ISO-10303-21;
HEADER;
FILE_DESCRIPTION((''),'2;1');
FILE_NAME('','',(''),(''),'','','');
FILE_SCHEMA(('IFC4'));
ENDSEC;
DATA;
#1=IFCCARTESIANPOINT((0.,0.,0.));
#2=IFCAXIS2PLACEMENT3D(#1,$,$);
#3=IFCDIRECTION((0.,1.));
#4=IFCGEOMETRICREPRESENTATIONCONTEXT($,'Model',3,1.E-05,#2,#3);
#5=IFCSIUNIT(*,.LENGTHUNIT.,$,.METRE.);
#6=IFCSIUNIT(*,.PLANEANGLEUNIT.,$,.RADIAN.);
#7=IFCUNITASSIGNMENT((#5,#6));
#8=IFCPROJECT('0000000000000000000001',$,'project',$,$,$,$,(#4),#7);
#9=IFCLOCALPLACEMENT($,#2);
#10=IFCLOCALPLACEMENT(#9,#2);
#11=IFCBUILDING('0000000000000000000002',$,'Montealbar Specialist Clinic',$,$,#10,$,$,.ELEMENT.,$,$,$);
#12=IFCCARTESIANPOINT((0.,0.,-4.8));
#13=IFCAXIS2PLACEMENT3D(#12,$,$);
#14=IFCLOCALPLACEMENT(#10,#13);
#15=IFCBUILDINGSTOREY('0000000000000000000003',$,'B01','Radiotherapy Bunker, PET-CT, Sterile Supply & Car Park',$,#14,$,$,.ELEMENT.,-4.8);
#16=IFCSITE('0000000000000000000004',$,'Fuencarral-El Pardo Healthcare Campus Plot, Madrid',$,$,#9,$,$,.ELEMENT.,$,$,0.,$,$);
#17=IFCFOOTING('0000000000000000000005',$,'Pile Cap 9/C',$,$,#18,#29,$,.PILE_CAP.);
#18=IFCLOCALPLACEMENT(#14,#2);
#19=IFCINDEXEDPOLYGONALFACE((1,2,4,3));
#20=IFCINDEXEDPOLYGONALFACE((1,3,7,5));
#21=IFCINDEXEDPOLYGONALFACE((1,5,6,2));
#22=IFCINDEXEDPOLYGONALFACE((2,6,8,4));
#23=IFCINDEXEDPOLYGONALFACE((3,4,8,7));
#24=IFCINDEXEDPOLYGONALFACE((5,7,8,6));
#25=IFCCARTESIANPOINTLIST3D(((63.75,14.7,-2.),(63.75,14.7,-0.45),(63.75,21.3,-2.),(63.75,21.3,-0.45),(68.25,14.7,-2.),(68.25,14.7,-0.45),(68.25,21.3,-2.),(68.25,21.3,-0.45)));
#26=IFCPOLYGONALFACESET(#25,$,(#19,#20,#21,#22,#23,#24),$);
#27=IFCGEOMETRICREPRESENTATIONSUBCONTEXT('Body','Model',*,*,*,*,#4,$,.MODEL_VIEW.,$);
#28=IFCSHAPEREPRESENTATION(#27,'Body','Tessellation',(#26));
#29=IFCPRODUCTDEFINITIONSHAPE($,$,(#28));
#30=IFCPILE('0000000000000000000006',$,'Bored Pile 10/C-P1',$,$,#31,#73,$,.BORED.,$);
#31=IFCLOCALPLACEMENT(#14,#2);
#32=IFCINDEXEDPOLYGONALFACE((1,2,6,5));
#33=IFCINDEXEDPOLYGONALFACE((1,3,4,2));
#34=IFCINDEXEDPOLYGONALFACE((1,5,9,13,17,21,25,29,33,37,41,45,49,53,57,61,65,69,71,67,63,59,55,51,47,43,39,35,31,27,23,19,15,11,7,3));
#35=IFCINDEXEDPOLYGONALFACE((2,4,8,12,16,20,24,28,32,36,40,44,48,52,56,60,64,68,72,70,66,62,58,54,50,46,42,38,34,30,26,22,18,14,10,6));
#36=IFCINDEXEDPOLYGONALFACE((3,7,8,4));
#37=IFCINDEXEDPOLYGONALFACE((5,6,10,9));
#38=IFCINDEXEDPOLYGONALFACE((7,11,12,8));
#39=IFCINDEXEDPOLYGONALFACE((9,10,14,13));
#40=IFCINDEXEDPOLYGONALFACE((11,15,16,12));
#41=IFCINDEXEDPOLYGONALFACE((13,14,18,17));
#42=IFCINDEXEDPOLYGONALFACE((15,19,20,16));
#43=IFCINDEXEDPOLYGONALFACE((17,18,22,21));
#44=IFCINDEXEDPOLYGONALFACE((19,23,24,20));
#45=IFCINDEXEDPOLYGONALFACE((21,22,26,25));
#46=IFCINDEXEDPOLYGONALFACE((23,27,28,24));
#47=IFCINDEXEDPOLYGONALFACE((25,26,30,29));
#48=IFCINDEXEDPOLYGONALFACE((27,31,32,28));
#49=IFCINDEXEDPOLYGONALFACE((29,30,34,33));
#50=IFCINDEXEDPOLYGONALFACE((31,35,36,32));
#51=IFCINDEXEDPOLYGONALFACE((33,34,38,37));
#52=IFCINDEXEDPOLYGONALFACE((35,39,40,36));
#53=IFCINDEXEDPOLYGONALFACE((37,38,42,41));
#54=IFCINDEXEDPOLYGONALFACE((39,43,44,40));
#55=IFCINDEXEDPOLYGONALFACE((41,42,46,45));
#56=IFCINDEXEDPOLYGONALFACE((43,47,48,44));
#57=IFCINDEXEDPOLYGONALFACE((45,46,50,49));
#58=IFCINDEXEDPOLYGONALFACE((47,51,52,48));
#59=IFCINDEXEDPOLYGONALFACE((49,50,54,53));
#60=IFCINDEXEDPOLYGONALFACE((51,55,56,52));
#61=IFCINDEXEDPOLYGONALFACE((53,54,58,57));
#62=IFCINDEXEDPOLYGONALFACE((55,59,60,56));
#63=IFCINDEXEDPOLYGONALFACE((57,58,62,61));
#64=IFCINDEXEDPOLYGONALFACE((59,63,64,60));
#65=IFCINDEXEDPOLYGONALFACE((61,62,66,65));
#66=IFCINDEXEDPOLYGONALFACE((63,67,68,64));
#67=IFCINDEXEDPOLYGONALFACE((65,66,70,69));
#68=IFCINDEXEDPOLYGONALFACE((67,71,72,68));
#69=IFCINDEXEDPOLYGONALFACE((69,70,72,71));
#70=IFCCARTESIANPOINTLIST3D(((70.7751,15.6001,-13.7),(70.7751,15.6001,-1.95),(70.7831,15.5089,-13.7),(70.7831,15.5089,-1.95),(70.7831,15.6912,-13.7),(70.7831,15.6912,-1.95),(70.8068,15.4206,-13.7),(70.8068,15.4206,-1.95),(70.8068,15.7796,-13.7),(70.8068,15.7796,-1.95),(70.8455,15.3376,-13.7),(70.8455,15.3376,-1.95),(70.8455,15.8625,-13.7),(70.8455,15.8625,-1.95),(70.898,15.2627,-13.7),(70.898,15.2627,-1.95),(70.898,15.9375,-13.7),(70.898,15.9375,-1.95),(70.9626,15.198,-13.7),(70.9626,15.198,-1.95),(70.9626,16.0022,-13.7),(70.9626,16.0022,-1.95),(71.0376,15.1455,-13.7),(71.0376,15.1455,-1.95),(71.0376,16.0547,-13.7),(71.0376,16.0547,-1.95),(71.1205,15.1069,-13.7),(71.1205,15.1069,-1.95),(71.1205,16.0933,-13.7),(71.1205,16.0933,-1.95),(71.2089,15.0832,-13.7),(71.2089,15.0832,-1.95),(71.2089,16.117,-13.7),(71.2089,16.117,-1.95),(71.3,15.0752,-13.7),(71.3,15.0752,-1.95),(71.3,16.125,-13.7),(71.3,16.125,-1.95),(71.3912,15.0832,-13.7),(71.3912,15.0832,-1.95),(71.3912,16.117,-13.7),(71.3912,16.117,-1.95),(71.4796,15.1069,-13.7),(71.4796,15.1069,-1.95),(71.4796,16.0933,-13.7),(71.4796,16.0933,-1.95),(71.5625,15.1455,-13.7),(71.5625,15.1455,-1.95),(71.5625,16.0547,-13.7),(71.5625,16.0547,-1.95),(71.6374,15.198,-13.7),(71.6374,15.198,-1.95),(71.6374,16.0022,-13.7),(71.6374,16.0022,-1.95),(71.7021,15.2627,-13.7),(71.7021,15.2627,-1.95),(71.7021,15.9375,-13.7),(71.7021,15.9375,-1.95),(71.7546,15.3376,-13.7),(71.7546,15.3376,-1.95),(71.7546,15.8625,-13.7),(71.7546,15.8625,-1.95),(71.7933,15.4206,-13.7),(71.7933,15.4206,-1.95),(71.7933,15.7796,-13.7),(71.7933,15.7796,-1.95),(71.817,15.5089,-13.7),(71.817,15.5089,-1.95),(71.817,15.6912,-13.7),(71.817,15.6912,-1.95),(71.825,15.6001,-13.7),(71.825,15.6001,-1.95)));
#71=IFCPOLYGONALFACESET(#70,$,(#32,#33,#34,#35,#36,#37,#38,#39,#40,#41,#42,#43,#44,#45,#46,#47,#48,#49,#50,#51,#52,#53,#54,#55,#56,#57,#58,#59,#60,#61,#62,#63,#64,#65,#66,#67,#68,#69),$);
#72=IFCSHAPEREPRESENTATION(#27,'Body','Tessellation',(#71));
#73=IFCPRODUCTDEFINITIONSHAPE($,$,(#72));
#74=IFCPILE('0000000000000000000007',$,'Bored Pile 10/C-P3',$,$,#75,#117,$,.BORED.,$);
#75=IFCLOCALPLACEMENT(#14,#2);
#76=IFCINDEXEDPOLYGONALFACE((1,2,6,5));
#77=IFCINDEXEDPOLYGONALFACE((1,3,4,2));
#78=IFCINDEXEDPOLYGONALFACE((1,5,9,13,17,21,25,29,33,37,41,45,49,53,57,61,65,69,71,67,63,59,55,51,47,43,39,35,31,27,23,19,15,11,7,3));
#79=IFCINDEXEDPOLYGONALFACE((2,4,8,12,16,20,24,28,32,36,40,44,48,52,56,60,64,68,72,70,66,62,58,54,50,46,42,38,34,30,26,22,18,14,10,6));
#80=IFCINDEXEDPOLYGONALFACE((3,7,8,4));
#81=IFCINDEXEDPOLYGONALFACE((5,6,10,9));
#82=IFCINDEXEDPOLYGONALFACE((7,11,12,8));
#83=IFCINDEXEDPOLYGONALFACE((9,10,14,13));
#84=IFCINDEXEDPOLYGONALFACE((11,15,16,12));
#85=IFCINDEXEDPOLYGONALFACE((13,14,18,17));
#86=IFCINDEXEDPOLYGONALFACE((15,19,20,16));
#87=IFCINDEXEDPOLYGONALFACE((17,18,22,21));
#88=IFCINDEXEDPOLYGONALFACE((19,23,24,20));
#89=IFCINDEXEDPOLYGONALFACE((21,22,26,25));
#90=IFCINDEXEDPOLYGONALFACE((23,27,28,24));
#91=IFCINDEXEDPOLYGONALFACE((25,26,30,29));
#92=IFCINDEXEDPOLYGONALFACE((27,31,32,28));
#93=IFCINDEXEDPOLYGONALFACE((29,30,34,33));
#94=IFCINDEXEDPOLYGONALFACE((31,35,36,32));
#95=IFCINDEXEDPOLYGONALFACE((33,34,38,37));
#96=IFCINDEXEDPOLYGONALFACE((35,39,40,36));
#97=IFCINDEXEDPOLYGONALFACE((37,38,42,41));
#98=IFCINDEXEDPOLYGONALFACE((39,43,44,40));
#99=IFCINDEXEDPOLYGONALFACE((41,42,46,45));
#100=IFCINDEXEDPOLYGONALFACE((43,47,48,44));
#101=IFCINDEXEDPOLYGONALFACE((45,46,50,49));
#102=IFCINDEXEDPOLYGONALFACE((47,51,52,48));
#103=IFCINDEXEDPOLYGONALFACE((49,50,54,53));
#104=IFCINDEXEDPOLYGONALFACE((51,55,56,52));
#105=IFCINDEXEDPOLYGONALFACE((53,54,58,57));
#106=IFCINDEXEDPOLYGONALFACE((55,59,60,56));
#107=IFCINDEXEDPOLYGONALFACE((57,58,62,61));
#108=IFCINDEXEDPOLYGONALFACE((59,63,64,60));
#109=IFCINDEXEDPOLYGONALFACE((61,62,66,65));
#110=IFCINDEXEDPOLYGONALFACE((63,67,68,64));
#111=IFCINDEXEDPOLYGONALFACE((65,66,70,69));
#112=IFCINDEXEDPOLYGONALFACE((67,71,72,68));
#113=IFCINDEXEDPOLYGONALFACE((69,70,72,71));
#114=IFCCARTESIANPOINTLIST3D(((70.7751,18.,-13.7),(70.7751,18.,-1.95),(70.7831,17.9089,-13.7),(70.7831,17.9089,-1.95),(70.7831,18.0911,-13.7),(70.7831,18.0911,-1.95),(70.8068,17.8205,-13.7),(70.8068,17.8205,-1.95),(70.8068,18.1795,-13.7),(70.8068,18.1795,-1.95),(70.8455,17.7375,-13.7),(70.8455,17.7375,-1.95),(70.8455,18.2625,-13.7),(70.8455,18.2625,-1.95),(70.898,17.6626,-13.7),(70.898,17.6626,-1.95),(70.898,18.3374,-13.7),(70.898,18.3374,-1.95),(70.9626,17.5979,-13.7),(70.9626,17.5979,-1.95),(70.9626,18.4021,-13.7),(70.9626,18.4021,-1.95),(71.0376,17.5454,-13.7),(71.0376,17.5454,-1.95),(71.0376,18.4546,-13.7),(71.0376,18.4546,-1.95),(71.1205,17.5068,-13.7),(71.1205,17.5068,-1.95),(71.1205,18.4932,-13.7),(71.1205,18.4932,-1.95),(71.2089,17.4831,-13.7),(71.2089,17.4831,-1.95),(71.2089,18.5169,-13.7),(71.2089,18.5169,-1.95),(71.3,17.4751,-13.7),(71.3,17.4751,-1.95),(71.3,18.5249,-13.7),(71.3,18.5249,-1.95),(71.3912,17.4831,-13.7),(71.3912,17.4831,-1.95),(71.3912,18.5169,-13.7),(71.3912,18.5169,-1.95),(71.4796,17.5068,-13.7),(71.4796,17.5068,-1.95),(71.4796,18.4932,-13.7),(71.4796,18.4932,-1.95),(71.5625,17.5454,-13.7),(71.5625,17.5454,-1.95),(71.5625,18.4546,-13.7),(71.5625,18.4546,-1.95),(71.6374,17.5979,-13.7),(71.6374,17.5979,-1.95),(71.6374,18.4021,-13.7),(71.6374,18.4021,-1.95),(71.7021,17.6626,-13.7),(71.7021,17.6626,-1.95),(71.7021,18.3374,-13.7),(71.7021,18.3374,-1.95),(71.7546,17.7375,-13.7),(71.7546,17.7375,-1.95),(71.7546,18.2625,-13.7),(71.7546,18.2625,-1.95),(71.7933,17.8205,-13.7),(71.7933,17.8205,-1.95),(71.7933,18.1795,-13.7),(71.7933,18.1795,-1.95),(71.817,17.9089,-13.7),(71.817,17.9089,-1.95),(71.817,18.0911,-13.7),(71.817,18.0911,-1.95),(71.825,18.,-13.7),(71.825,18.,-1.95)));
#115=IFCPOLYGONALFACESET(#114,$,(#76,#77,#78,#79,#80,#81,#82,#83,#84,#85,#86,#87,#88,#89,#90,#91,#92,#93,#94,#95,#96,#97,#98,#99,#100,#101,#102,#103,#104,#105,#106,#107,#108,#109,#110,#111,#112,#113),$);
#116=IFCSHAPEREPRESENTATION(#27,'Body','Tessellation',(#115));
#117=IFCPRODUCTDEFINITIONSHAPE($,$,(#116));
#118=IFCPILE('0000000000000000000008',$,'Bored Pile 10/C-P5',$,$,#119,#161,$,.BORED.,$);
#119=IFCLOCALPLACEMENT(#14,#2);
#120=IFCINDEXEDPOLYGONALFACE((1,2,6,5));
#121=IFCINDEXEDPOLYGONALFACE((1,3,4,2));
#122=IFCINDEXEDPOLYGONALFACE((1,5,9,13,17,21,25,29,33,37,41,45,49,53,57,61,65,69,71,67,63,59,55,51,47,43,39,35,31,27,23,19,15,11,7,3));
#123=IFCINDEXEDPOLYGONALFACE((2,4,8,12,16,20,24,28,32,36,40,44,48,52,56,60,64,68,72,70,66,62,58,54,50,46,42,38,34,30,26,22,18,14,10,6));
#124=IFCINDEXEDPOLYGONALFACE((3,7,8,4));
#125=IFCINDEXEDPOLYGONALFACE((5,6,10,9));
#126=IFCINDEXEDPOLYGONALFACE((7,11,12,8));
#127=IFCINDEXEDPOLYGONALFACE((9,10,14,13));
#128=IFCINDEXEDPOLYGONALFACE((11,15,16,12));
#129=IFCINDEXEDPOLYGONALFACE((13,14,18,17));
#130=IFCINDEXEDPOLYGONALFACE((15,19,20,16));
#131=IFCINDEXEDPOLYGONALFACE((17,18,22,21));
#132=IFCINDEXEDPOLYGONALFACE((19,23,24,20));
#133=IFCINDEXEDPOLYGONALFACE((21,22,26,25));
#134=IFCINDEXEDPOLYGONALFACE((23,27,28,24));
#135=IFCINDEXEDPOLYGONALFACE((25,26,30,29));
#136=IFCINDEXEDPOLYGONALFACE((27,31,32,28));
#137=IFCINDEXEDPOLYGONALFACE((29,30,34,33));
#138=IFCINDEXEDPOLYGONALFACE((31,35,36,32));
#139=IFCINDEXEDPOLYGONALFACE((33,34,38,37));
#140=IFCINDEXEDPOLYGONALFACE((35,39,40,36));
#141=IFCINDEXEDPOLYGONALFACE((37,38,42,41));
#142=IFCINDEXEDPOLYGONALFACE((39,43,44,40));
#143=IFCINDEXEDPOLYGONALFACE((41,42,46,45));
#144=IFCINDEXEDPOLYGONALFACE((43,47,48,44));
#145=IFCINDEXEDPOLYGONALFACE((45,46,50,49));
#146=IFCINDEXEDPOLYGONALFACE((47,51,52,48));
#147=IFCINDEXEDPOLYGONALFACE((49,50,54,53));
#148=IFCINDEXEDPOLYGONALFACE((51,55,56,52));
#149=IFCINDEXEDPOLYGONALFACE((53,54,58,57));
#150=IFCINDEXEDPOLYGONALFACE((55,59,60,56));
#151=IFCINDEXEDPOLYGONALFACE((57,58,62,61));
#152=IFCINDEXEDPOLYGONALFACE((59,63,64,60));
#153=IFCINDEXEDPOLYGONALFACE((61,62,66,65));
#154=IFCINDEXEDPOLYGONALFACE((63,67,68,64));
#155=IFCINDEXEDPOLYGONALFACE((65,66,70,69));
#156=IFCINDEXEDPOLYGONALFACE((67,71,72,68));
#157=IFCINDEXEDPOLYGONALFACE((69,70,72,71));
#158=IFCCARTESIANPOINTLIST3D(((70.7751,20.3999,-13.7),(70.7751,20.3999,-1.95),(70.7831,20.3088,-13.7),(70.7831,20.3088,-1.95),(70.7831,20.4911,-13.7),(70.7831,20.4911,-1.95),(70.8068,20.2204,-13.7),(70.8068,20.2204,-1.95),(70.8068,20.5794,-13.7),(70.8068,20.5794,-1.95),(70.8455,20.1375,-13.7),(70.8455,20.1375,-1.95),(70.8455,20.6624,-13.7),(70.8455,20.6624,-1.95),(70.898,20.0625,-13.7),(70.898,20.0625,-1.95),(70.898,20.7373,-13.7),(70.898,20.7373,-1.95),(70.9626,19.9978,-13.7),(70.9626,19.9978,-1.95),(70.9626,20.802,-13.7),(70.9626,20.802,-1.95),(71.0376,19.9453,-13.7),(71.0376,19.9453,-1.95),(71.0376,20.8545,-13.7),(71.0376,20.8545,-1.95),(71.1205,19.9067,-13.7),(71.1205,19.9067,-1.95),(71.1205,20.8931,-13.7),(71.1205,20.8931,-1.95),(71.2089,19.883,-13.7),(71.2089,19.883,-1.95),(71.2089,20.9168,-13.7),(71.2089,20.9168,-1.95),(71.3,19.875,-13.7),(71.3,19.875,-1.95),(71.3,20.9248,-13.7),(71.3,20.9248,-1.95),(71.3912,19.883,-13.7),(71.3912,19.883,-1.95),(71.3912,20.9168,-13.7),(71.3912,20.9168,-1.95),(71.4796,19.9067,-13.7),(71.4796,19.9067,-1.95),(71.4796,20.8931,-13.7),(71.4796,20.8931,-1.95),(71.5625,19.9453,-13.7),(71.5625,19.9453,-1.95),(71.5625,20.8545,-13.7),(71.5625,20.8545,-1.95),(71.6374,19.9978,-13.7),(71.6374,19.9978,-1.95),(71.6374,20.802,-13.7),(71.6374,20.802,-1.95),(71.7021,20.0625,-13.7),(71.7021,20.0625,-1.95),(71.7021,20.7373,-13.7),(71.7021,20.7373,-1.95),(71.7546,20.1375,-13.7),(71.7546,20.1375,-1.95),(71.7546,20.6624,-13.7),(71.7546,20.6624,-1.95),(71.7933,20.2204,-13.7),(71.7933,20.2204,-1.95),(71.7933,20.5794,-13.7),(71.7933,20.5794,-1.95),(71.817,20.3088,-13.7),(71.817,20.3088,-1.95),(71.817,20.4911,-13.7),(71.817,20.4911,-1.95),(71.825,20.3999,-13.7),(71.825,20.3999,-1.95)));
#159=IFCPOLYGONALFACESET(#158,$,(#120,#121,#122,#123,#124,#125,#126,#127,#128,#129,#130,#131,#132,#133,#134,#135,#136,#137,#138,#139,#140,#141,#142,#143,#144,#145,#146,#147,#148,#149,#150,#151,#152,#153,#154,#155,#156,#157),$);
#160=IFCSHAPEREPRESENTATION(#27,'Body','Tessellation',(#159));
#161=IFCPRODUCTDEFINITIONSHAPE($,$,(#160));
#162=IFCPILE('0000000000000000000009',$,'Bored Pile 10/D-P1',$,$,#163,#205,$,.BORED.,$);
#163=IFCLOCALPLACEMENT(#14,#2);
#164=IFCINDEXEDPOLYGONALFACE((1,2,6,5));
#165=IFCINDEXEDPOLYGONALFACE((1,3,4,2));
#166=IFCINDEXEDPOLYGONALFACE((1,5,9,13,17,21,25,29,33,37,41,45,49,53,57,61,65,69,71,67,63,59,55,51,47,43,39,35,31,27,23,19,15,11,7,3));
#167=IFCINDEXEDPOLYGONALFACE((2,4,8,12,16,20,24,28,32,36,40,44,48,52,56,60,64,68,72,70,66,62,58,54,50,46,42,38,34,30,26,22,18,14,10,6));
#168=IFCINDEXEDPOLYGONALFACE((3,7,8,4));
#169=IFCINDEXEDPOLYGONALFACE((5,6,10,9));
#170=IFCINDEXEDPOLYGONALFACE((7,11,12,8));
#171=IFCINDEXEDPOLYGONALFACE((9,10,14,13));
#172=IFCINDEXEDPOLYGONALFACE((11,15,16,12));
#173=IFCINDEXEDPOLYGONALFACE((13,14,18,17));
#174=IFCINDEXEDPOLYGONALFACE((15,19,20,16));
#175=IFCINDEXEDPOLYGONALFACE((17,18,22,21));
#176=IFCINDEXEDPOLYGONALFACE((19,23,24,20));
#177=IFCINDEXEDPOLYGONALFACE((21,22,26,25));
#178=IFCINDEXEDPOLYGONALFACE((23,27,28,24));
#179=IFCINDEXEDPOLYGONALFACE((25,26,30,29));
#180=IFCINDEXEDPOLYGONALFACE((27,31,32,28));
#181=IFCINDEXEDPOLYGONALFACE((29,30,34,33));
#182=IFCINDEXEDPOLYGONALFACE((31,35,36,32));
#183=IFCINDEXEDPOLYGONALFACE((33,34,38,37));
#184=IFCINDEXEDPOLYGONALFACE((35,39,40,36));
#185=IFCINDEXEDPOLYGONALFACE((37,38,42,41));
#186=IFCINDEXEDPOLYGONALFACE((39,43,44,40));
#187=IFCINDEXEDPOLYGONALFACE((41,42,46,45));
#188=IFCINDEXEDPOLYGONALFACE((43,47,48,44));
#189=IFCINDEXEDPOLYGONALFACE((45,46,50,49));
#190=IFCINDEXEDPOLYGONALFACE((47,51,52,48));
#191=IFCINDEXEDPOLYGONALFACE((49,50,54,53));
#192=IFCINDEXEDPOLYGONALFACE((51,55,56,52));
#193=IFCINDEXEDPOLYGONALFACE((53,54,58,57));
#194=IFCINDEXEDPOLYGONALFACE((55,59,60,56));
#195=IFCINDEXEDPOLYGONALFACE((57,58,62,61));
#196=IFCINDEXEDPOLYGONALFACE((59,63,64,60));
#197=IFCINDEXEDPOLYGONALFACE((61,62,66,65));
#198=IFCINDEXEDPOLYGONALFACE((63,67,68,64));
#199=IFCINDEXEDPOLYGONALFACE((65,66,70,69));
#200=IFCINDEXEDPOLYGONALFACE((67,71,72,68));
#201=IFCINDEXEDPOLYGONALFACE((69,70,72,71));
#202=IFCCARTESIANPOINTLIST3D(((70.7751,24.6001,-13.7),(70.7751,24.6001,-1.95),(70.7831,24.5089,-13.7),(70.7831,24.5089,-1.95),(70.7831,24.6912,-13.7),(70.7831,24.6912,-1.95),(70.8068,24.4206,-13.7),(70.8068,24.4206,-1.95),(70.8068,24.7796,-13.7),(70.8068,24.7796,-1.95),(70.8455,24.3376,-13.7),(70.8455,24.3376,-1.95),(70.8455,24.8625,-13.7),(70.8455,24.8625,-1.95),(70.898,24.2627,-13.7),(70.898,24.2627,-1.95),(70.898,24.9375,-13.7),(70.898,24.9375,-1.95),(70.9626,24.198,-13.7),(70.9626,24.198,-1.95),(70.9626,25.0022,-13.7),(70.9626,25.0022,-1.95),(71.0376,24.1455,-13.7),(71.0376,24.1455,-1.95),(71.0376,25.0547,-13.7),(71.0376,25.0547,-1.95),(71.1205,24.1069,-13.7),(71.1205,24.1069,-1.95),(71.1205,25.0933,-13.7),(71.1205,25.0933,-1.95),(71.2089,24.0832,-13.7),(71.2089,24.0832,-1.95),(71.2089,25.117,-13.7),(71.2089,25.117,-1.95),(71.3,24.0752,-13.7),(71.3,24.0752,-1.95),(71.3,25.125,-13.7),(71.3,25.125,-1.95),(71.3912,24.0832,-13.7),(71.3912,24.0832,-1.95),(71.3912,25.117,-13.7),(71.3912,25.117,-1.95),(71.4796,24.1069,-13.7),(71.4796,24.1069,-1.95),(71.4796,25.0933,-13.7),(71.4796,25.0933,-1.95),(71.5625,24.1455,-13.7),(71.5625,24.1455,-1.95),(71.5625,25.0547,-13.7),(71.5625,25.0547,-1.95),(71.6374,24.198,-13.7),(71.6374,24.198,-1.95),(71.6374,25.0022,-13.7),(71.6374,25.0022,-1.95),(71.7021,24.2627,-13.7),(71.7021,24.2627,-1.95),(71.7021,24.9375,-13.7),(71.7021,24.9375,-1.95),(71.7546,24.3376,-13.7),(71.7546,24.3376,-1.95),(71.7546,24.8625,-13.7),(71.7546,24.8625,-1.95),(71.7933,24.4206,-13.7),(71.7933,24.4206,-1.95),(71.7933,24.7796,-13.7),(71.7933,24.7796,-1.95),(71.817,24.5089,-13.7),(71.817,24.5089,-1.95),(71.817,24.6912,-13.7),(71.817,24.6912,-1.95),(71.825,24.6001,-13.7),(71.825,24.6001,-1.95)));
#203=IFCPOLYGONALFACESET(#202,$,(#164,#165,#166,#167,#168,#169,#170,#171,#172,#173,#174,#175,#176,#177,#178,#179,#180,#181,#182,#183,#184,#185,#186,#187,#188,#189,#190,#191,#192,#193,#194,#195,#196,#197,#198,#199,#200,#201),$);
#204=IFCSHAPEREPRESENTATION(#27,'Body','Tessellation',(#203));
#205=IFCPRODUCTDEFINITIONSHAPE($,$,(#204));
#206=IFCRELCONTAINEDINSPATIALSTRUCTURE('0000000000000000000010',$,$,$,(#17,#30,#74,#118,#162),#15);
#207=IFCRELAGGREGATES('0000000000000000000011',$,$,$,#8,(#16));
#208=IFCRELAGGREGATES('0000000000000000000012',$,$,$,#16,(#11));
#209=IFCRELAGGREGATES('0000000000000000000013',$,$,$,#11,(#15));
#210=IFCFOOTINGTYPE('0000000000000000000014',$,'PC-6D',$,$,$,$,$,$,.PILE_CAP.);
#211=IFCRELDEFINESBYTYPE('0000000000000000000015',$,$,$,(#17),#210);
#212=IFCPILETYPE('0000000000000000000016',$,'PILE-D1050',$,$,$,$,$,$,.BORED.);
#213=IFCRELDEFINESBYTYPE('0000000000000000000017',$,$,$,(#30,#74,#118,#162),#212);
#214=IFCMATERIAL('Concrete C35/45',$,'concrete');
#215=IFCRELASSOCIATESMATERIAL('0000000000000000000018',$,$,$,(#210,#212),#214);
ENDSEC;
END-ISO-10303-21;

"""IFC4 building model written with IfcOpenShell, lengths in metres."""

from ifc_helpers import new_model, si_unit, direction, frame, origin, origin_2d, place, context, subcontext, project, spatial, rectangle, circle, extrude, material, material_profile, profile_set, type_object, element, save


model = new_model("IFC4")

# Units and contexts
model_context = context("Model", 3, precision=1e-05, world=origin(), true_north=direction((0.0, 1.0)))
body_context = subcontext(model_context, "Body", "Model", "MODEL_VIEW")
ifc_project = project(units=[si_unit("LENGTHUNIT", "METRE"), si_unit("PLANEANGLEUNIT", "RADIAN")], contexts=[model_context])

# Site, building, storey
site_placement = place(None, origin())
site = spatial("IfcSite", under=ifc_project, at=site_placement, Name="Fuencarral-El Pardo Healthcare Campus Plot, Madrid", CompositionType="ELEMENT", RefElevation=0.0)
building_placement = place(site_placement, origin())
building = spatial("IfcBuilding", under=site, at=building_placement, Name="Montealbar Specialist Clinic", CompositionType="ELEMENT")
storey_placement = place(building_placement, frame((0.0, 0.0, -4.8)))
storey = spatial("IfcBuildingStorey", under=building, at=storey_placement, Name="B01", Description="Radiotherapy Bunker, PET-CT, Sterile Supply & Car Park", CompositionType="ELEMENT", Elevation=-4.8)

# Footing
ifc_material_1 = material(Name="Concrete C35/45", Category="concrete")
footing_type = type_object("IfcFootingType", Name="PC-6D", PredefinedType="PILE_CAP", material=ifc_material_1)
footing_placement = place(storey_placement, frame((66.0, 18.0, -2.0), z_axis=(0.0, 0.0, 1.0), x_axis=(1.0, 0.0, 0.0)))
element("IfcFooting", 1, at=footing_placement, inside=storey, type_object=footing_type, Name="Pile Cap 9/C", PredefinedType="PILE_CAP", context=body_context, shape_type="SweptSolid", body=[
    extrude(rectangle(XDim=4.5, YDim=6.6001, at=origin_2d()), origin(), (0.0, 0.0, 1.0), 1.55),
])

# Piles
ifc_material_profile_1 = material_profile(ifc_material_1, circle(Radius=0.5249, at=origin_2d()), Name="PILE D1050", Category="concrete")
ifc_profile_set_1 = profile_set([ifc_material_profile_1], Name="Concrete C35/45")
pile_type_1 = type_object("IfcPileType", Name="PILE-D1050", PredefinedType="BORED", material=ifc_profile_set_1)
for number, where, z_axis, x_axis, name in (
    (2, (71.3, 15.6001, -1.95), (0.0, 0.0, -1.0), (1.0, 0.0, 0.0), "Bored Pile 10/C-P1"),
    (3, (71.3, 18.0, -1.95), (0.0, 0.0, -1.0), (1.0, 0.0, 0.0), "Bored Pile 10/C-P3"),
    (4, (71.3, 20.3999, -1.95), (0.0, 0.0, -1.0), (1.0, 0.0, 0.0), "Bored Pile 10/C-P5"),
    (5, (71.3, 24.6001, -1.95), (0.0, 0.0, -1.0), (1.0, 0.0, 0.0), "Bored Pile 10/D-P1"),
):
    element("IfcPile", number, at=place(storey_placement, frame(where, z_axis=z_axis, x_axis=x_axis)), inside=storey, type_object=pile_type_1, Name=name, PredefinedType="BORED", context=body_context, shape_type="SweptSolid", body=[
        extrude(circle(Radius=0.5249, at=origin_2d()), origin(), (0.0, 0.0, 1.0), 11.75),
    ])

save(model, "model.ifc")
